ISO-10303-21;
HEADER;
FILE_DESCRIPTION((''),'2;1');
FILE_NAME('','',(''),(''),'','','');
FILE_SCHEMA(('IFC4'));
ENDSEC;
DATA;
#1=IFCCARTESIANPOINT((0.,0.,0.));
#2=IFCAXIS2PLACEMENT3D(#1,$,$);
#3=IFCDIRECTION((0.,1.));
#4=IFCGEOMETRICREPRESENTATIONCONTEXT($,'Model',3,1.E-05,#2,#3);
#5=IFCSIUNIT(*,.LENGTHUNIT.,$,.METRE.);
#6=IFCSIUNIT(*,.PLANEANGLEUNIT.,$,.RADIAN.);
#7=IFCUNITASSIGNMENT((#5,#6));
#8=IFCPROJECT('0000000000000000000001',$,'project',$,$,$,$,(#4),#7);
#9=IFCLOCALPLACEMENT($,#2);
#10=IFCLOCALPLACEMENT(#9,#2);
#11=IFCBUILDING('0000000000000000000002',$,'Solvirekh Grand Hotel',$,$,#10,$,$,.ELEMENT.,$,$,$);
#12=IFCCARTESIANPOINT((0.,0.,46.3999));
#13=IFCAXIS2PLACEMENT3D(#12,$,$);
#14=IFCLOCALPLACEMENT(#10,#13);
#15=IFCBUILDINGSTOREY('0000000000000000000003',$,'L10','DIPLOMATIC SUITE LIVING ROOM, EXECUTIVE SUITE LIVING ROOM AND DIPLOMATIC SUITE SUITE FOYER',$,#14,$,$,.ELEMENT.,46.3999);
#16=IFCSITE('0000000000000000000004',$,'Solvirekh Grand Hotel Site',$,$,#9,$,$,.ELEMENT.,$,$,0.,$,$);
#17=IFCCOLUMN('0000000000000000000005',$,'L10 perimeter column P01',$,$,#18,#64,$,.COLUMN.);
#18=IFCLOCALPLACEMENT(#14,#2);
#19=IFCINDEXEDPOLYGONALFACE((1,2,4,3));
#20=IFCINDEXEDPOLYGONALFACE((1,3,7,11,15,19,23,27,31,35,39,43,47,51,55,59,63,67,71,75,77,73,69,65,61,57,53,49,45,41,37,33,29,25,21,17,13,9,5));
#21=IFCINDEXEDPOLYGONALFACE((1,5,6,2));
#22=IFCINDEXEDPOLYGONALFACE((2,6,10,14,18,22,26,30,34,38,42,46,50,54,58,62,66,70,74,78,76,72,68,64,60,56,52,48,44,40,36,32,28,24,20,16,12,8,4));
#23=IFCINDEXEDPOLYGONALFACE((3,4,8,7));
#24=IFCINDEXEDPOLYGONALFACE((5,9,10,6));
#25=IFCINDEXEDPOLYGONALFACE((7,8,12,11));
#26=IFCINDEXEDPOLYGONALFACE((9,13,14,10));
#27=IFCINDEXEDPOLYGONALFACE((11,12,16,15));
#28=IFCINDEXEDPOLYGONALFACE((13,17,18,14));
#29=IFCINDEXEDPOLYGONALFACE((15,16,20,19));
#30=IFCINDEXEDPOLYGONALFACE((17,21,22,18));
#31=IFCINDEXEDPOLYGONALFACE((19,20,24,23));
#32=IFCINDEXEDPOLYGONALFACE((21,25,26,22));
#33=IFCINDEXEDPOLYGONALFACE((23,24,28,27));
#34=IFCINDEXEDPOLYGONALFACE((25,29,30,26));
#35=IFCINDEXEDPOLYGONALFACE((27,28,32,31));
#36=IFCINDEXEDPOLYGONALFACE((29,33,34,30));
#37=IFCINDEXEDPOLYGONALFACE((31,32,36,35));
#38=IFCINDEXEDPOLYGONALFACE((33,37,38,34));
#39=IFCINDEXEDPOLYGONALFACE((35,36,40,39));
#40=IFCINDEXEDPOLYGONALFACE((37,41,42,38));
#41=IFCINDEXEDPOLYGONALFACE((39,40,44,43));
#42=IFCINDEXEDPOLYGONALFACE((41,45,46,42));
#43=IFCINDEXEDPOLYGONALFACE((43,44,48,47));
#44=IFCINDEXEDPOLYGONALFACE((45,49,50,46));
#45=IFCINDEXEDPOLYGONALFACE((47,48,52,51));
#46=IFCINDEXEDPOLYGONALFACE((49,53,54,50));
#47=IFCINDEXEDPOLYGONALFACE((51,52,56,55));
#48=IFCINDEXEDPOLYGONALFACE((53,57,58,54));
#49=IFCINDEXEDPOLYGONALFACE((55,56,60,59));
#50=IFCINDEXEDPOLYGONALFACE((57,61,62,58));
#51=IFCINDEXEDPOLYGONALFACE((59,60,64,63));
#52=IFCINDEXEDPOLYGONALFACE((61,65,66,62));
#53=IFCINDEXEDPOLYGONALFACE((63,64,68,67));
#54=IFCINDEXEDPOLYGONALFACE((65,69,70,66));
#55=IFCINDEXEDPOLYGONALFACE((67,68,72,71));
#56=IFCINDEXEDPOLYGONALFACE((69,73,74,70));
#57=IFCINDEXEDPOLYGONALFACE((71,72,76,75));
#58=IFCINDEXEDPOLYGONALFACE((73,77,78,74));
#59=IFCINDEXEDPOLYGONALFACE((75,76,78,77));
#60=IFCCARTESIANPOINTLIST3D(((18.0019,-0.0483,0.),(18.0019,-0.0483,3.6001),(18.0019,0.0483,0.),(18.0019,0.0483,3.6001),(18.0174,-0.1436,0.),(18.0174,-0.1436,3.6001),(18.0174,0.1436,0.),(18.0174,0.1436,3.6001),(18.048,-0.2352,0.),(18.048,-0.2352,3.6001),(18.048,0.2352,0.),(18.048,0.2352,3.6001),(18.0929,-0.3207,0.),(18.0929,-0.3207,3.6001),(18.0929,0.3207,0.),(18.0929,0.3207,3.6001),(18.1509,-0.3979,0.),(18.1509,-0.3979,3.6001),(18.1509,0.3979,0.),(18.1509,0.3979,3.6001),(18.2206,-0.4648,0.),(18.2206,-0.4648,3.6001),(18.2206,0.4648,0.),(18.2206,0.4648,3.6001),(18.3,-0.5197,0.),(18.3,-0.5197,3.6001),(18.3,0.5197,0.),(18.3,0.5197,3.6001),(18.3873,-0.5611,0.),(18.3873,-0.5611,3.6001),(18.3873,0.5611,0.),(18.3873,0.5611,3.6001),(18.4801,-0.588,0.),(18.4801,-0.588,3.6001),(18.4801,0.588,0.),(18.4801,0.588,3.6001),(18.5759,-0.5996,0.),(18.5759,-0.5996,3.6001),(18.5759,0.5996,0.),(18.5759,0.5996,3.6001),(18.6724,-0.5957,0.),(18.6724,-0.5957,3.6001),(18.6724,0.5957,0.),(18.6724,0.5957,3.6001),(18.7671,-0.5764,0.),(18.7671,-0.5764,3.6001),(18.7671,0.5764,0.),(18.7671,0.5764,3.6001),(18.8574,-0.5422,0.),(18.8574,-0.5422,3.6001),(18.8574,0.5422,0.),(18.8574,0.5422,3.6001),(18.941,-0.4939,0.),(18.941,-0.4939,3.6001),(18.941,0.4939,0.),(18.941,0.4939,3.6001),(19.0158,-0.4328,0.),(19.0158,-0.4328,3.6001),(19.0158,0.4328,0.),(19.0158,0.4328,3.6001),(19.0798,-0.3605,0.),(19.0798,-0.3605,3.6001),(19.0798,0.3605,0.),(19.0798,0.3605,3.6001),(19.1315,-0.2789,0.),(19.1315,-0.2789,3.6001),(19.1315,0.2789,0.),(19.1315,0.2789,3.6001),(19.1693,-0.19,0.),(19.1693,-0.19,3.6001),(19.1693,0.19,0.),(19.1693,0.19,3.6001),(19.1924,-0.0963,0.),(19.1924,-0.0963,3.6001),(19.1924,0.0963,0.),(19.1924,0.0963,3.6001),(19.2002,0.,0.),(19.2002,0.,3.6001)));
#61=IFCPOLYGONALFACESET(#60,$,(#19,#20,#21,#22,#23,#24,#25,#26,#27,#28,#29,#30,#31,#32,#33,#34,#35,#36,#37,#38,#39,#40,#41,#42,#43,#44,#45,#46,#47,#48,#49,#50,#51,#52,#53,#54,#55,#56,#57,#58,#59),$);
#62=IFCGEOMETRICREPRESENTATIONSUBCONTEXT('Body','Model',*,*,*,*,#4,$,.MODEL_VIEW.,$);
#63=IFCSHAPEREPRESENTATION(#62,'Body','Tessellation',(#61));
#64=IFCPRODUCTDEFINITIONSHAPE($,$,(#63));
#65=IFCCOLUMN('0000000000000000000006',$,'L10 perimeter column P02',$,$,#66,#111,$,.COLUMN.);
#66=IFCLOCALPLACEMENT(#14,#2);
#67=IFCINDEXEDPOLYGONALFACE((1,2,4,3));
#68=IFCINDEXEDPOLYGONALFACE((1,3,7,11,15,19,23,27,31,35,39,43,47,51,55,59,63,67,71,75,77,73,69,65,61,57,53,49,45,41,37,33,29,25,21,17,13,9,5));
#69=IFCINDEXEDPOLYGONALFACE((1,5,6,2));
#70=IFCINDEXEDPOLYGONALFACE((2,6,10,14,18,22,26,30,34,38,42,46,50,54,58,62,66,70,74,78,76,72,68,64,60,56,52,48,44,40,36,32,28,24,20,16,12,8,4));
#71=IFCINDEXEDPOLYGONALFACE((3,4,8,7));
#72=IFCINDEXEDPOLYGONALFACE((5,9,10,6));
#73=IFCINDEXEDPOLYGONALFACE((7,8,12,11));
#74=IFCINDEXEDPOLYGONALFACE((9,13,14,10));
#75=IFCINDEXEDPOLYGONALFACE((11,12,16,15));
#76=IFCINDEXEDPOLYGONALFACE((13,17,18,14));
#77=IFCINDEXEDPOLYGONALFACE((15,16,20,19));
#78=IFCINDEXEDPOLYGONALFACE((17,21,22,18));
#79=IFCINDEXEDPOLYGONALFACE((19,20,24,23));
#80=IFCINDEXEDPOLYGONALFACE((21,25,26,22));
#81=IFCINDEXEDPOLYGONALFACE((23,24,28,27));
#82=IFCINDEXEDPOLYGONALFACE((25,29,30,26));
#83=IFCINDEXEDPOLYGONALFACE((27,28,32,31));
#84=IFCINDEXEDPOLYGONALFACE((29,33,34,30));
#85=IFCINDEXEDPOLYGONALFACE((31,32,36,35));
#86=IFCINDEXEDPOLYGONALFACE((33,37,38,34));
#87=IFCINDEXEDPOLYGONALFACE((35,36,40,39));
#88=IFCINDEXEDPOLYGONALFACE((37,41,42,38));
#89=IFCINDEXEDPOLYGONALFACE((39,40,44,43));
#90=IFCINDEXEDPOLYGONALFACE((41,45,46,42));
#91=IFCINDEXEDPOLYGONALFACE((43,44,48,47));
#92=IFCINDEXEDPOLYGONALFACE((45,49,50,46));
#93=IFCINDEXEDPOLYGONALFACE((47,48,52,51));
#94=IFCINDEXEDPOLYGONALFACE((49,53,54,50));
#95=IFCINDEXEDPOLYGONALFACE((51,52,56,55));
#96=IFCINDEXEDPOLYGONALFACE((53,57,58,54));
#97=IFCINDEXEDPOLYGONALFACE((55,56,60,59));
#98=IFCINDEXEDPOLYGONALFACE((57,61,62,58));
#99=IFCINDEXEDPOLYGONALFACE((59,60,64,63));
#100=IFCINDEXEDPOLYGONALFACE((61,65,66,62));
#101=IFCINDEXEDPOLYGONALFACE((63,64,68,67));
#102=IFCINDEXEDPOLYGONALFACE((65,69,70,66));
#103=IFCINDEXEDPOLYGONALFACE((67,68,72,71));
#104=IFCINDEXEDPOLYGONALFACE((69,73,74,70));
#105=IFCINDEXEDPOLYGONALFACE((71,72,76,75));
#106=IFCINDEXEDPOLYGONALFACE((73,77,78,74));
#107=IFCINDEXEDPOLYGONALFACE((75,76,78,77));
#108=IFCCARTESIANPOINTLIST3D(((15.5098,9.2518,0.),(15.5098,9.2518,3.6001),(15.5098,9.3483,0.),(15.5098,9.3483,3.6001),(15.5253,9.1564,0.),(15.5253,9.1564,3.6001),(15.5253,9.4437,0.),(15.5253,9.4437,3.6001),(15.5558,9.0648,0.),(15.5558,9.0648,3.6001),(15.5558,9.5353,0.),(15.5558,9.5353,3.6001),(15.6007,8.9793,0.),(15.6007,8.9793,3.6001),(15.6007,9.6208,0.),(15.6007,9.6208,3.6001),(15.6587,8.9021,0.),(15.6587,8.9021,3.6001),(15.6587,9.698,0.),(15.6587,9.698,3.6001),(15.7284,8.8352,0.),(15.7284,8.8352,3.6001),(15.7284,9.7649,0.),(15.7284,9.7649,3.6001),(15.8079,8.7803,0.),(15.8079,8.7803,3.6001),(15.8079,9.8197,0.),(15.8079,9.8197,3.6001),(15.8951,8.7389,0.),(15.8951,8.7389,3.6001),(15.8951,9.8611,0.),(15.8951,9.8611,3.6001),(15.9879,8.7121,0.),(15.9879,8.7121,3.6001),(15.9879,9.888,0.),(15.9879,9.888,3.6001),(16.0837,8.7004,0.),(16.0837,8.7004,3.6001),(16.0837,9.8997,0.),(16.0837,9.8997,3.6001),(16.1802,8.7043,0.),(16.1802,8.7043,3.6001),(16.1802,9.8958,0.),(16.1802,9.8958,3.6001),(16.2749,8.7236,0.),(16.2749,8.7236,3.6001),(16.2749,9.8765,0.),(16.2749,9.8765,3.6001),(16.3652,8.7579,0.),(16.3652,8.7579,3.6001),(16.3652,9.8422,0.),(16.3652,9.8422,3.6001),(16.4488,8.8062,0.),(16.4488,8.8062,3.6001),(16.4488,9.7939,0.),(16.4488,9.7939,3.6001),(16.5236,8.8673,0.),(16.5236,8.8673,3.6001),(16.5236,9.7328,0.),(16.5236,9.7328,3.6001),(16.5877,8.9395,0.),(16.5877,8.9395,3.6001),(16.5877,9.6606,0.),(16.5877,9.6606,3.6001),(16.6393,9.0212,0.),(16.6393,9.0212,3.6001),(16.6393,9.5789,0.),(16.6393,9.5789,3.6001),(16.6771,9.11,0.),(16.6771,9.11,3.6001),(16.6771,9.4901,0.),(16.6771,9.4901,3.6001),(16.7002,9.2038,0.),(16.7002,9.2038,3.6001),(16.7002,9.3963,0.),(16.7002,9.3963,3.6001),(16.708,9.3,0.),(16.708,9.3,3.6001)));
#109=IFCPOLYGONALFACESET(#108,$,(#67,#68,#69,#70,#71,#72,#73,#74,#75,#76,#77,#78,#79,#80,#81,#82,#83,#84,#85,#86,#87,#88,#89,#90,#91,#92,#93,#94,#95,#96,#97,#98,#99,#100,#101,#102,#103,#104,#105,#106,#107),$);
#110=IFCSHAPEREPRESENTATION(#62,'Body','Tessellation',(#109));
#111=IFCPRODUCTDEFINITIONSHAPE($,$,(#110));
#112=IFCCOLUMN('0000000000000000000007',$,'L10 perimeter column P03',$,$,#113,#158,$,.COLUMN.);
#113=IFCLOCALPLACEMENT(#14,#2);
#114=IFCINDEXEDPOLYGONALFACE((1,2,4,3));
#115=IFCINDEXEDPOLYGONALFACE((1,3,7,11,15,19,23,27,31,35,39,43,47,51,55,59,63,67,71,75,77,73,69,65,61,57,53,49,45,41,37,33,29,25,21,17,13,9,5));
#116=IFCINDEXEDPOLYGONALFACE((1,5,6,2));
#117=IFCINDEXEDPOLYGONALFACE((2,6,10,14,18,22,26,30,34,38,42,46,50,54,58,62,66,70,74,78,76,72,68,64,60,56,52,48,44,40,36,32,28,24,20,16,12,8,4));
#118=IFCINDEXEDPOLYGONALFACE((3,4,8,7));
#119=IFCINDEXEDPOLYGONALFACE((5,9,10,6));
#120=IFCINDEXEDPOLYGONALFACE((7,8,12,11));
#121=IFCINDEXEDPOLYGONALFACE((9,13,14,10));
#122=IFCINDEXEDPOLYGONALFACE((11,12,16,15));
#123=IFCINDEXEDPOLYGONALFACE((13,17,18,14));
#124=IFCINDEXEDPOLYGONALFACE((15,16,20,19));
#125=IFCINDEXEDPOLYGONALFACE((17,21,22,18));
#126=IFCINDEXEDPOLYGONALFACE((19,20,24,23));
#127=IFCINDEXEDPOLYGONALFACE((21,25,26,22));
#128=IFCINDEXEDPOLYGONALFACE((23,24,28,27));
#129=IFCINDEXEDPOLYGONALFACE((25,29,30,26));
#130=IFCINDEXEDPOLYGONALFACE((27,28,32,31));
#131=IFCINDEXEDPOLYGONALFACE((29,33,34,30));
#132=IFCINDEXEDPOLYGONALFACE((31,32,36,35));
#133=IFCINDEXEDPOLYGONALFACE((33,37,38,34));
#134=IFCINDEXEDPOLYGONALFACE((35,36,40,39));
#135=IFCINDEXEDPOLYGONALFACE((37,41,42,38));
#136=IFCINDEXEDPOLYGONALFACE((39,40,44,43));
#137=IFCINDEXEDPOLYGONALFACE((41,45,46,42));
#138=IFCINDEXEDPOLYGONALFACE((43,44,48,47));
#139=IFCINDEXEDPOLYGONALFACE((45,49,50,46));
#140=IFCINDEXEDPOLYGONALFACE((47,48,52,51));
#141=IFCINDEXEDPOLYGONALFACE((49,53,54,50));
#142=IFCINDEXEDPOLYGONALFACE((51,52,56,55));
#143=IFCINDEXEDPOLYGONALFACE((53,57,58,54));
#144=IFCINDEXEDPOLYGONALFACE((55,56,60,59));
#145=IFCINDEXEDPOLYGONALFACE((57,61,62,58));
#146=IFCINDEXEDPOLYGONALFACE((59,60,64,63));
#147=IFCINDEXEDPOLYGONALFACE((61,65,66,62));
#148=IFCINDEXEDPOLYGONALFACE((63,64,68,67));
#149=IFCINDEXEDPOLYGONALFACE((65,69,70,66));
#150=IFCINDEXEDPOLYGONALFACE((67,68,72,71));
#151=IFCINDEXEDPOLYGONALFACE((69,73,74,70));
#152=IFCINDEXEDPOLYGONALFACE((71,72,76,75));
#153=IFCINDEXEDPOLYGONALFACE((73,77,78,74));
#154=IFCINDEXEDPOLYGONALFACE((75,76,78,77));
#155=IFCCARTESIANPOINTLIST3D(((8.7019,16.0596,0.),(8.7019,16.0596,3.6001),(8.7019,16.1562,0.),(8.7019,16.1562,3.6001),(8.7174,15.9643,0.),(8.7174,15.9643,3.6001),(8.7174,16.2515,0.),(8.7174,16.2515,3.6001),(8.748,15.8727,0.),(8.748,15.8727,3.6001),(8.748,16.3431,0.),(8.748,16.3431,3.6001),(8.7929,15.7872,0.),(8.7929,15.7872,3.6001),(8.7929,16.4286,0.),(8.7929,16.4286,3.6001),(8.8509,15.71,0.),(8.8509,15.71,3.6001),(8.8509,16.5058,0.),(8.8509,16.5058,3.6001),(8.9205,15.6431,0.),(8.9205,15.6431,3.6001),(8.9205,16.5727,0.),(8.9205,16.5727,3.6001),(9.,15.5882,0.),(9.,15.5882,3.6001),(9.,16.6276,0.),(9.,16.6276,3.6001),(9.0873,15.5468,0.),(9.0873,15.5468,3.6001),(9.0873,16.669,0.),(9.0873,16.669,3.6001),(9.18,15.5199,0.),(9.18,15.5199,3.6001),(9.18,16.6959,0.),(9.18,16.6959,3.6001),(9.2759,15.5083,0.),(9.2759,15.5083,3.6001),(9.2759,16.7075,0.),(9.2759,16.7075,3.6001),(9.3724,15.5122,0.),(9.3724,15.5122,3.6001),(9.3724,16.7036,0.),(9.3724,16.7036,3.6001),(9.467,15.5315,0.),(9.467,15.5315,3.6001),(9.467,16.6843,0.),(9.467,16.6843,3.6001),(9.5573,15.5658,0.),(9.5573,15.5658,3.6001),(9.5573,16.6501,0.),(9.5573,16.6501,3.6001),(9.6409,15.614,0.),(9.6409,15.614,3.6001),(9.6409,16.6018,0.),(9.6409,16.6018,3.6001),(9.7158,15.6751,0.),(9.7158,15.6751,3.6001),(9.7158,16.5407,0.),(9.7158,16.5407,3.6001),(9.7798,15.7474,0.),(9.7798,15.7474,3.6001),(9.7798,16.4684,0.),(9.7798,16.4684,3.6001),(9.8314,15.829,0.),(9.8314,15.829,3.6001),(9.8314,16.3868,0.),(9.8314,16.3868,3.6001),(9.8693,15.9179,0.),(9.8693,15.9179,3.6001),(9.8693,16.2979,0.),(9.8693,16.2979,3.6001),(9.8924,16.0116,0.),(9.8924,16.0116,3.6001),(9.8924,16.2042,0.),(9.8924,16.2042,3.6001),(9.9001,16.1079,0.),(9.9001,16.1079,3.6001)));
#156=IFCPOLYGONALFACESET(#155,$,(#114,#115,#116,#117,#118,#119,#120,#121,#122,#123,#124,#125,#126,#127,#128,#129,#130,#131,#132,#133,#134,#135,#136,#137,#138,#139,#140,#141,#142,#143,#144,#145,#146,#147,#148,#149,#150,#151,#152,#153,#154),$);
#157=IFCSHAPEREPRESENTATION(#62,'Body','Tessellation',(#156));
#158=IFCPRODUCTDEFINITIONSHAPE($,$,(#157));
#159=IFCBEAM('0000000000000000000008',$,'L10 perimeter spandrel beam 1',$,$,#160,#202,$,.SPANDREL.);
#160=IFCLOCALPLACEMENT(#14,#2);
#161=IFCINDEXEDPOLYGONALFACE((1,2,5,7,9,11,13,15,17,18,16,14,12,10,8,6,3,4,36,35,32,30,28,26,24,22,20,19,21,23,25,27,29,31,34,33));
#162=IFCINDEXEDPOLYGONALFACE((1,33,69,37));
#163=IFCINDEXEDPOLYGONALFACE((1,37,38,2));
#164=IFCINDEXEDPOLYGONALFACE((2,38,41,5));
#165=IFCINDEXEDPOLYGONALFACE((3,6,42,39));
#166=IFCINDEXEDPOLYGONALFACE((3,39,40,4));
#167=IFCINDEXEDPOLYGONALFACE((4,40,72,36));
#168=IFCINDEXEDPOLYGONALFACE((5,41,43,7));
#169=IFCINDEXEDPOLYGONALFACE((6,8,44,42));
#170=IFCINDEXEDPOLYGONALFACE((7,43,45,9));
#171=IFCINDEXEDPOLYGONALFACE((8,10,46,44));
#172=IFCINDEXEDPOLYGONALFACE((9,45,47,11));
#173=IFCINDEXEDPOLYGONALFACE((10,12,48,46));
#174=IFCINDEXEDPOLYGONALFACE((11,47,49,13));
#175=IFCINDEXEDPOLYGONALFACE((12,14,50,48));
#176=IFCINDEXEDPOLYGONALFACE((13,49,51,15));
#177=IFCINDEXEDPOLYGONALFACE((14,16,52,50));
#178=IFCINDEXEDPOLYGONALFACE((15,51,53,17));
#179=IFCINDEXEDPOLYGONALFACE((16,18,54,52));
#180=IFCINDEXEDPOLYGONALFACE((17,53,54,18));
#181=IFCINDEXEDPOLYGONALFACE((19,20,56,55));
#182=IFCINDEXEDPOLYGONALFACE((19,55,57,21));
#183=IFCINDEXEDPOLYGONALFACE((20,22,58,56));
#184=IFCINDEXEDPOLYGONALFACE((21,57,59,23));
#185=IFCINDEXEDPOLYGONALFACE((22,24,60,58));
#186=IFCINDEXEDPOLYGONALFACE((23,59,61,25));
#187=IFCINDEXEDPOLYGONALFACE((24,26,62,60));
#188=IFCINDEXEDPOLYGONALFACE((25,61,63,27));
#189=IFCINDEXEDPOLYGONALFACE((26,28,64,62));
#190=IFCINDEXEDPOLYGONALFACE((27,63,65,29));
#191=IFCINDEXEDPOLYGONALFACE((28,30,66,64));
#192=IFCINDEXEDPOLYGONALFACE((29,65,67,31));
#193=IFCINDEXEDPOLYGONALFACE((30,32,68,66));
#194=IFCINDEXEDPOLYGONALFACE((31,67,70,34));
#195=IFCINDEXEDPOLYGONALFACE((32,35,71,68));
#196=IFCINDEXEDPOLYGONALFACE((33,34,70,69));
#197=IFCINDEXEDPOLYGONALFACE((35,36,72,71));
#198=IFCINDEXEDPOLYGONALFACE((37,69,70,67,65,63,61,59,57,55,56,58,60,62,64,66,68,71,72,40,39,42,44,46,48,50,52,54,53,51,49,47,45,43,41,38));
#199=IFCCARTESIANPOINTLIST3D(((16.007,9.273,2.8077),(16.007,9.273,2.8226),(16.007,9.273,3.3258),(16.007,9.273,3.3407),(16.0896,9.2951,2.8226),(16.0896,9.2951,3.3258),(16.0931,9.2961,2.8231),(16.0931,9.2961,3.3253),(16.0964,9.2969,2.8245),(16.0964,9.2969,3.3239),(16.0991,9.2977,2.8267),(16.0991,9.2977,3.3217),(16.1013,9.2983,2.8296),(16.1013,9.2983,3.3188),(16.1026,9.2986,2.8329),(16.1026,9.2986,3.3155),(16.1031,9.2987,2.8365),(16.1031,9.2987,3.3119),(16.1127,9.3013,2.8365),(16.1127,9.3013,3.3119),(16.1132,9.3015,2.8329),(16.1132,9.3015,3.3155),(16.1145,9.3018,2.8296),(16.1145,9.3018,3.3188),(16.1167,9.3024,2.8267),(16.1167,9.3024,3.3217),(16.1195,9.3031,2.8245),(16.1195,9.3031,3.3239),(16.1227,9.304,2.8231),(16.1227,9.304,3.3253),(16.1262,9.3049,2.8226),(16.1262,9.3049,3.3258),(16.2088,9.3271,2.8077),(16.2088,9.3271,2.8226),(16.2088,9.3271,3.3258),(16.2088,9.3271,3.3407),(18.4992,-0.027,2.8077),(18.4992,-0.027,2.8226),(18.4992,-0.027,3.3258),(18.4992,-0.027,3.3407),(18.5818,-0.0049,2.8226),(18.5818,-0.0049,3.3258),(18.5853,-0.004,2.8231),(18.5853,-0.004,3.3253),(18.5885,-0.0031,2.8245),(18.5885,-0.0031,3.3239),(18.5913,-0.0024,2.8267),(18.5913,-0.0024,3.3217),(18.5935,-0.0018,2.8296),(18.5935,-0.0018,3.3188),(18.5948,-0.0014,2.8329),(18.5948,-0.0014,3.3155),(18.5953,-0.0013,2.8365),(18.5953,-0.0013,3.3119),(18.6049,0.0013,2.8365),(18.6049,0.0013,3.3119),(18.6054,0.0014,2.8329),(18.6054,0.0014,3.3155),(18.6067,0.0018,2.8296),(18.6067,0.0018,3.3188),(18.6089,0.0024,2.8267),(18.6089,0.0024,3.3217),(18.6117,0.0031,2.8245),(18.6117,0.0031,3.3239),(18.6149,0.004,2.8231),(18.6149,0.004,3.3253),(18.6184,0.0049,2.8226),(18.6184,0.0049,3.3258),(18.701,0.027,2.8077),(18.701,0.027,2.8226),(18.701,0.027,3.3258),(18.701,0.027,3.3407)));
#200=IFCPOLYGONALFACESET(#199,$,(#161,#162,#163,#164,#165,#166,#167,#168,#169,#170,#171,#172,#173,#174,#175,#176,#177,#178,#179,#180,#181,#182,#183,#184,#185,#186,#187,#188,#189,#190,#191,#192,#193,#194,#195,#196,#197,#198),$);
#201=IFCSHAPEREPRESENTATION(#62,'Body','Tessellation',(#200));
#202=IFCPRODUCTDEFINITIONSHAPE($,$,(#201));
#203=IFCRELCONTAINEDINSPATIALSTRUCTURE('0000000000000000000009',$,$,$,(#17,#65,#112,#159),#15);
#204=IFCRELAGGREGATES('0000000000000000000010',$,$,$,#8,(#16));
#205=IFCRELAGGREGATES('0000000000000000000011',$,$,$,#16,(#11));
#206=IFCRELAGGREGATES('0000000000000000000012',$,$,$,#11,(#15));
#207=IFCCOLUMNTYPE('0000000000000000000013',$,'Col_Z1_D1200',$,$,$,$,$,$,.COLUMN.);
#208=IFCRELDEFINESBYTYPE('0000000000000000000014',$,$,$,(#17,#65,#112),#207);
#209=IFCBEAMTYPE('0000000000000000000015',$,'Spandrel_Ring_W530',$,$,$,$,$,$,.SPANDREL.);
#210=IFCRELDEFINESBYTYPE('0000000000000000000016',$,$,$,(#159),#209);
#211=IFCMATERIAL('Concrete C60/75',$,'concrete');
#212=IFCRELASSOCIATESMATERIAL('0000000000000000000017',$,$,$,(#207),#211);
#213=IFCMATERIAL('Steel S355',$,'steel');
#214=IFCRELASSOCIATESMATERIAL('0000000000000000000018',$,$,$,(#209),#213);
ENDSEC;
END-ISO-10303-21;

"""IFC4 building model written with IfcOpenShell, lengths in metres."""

from ifc_helpers import new_model, si_unit, direction, frame, origin, origin_2d, place, context, subcontext, project, spatial, circle, i_section, extrude, material, material_profile, profile_set, type_object, element, save


model = new_model("IFC4")

# Units and contexts
model_context = context("Model", 3, precision=1e-05, world=origin(), true_north=direction((0.0, 1.0)))
body_context = subcontext(model_context, "Body", "Model", "MODEL_VIEW")
ifc_project = project(units=[si_unit("LENGTHUNIT", "METRE"), si_unit("PLANEANGLEUNIT", "RADIAN")], contexts=[model_context])

# Site, building, storey
site_placement = place(None, origin())
site = spatial("IfcSite", under=ifc_project, at=site_placement, Name="Solvirekh Grand Hotel Site", CompositionType="ELEMENT", RefElevation=0.0)
building_placement = place(site_placement, origin())
building = spatial("IfcBuilding", under=site, at=building_placement, Name="Solvirekh Grand Hotel", CompositionType="ELEMENT")
storey_placement = place(building_placement, frame((0.0, 0.0, 46.3999)))
storey = spatial("IfcBuildingStorey", under=building, at=storey_placement, Name="L10", Description="DIPLOMATIC SUITE LIVING ROOM, EXECUTIVE SUITE LIVING ROOM AND DIPLOMATIC SUITE SUITE FOYER", CompositionType="ELEMENT", Elevation=46.3999)

# Columns
ifc_material_1 = material(Name="Concrete C60/75", Category="concrete")
ifc_material_profile_1 = material_profile(ifc_material_1, circle(Radius=0.6001, at=origin_2d()), Name="RC CIRC D1200")
ifc_profile_set_1 = profile_set([ifc_material_profile_1], Name="Concrete C60/75")
column_type = type_object("IfcColumnType", Name="Col_Z1_D1200", PredefinedType="COLUMN", material=ifc_profile_set_1)
for number, where, z_axis, x_axis, name in (
    (1, (18.6001, 0.0, 0.0), (0.0, 0.0, 1.0), (1.0, 0.0, 0.0), "L10 perimeter column P01"),
    (2, (16.1079, 9.3, 0.0), (0.0, 0.0, 1.0), (1.0, 0.0, 0.0), "L10 perimeter column P02"),
    (3, (9.3, 16.1079, 0.0), (0.0, 0.0, 1.0), (1.0, 0.0, 0.0), "L10 perimeter column P03"),
):
    element("IfcColumn", number, at=place(storey_placement, frame(where, z_axis=z_axis, x_axis=x_axis)), inside=storey, type_object=column_type, Name=name, PredefinedType="COLUMN", context=body_context, shape_type="SweptSolid", body=[
        extrude(circle(Radius=0.6001, at=origin_2d()), origin(), (0.0, 0.0, 1.0), 3.6001),
    ])

# Beam
ifc_material_2 = material(Name="Steel S355", Category="steel")
ifc_material_profile_2 = material_profile(ifc_material_2, i_section(OverallWidth=0.209, OverallDepth=0.533, WebThickness=0.01, FlangeThickness=0.0149, FilletRadius=0.0139, at=origin_2d()), Name="W530X92")
ifc_profile_set_2 = profile_set([ifc_material_profile_2], Name="Steel S355")
beam_type = type_object("IfcBeamType", Name="Spandrel_Ring_W530", PredefinedType="SPANDREL", material=ifc_profile_set_2)
beam_1_placement = place(storey_placement, frame((18.6001, 0.0, 3.0742), z_axis=(-0.258843, 0.965919, 0.0), x_axis=(-0.965919, -0.258843, 0.0)))
element("IfcBeam", 4, at=beam_1_placement, inside=storey, type_object=beam_type, Name="L10 perimeter spandrel beam 1", PredefinedType="SPANDREL", context=body_context, shape_type="SweptSolid", body=[
    extrude(i_section(OverallWidth=0.209, OverallDepth=0.533, WebThickness=0.01, FlangeThickness=0.0149, FilletRadius=0.0139, at=origin_2d()), origin(), (0.0, 0.0, 1.0), 9.6282),
])

save(model, "model.ifc")
